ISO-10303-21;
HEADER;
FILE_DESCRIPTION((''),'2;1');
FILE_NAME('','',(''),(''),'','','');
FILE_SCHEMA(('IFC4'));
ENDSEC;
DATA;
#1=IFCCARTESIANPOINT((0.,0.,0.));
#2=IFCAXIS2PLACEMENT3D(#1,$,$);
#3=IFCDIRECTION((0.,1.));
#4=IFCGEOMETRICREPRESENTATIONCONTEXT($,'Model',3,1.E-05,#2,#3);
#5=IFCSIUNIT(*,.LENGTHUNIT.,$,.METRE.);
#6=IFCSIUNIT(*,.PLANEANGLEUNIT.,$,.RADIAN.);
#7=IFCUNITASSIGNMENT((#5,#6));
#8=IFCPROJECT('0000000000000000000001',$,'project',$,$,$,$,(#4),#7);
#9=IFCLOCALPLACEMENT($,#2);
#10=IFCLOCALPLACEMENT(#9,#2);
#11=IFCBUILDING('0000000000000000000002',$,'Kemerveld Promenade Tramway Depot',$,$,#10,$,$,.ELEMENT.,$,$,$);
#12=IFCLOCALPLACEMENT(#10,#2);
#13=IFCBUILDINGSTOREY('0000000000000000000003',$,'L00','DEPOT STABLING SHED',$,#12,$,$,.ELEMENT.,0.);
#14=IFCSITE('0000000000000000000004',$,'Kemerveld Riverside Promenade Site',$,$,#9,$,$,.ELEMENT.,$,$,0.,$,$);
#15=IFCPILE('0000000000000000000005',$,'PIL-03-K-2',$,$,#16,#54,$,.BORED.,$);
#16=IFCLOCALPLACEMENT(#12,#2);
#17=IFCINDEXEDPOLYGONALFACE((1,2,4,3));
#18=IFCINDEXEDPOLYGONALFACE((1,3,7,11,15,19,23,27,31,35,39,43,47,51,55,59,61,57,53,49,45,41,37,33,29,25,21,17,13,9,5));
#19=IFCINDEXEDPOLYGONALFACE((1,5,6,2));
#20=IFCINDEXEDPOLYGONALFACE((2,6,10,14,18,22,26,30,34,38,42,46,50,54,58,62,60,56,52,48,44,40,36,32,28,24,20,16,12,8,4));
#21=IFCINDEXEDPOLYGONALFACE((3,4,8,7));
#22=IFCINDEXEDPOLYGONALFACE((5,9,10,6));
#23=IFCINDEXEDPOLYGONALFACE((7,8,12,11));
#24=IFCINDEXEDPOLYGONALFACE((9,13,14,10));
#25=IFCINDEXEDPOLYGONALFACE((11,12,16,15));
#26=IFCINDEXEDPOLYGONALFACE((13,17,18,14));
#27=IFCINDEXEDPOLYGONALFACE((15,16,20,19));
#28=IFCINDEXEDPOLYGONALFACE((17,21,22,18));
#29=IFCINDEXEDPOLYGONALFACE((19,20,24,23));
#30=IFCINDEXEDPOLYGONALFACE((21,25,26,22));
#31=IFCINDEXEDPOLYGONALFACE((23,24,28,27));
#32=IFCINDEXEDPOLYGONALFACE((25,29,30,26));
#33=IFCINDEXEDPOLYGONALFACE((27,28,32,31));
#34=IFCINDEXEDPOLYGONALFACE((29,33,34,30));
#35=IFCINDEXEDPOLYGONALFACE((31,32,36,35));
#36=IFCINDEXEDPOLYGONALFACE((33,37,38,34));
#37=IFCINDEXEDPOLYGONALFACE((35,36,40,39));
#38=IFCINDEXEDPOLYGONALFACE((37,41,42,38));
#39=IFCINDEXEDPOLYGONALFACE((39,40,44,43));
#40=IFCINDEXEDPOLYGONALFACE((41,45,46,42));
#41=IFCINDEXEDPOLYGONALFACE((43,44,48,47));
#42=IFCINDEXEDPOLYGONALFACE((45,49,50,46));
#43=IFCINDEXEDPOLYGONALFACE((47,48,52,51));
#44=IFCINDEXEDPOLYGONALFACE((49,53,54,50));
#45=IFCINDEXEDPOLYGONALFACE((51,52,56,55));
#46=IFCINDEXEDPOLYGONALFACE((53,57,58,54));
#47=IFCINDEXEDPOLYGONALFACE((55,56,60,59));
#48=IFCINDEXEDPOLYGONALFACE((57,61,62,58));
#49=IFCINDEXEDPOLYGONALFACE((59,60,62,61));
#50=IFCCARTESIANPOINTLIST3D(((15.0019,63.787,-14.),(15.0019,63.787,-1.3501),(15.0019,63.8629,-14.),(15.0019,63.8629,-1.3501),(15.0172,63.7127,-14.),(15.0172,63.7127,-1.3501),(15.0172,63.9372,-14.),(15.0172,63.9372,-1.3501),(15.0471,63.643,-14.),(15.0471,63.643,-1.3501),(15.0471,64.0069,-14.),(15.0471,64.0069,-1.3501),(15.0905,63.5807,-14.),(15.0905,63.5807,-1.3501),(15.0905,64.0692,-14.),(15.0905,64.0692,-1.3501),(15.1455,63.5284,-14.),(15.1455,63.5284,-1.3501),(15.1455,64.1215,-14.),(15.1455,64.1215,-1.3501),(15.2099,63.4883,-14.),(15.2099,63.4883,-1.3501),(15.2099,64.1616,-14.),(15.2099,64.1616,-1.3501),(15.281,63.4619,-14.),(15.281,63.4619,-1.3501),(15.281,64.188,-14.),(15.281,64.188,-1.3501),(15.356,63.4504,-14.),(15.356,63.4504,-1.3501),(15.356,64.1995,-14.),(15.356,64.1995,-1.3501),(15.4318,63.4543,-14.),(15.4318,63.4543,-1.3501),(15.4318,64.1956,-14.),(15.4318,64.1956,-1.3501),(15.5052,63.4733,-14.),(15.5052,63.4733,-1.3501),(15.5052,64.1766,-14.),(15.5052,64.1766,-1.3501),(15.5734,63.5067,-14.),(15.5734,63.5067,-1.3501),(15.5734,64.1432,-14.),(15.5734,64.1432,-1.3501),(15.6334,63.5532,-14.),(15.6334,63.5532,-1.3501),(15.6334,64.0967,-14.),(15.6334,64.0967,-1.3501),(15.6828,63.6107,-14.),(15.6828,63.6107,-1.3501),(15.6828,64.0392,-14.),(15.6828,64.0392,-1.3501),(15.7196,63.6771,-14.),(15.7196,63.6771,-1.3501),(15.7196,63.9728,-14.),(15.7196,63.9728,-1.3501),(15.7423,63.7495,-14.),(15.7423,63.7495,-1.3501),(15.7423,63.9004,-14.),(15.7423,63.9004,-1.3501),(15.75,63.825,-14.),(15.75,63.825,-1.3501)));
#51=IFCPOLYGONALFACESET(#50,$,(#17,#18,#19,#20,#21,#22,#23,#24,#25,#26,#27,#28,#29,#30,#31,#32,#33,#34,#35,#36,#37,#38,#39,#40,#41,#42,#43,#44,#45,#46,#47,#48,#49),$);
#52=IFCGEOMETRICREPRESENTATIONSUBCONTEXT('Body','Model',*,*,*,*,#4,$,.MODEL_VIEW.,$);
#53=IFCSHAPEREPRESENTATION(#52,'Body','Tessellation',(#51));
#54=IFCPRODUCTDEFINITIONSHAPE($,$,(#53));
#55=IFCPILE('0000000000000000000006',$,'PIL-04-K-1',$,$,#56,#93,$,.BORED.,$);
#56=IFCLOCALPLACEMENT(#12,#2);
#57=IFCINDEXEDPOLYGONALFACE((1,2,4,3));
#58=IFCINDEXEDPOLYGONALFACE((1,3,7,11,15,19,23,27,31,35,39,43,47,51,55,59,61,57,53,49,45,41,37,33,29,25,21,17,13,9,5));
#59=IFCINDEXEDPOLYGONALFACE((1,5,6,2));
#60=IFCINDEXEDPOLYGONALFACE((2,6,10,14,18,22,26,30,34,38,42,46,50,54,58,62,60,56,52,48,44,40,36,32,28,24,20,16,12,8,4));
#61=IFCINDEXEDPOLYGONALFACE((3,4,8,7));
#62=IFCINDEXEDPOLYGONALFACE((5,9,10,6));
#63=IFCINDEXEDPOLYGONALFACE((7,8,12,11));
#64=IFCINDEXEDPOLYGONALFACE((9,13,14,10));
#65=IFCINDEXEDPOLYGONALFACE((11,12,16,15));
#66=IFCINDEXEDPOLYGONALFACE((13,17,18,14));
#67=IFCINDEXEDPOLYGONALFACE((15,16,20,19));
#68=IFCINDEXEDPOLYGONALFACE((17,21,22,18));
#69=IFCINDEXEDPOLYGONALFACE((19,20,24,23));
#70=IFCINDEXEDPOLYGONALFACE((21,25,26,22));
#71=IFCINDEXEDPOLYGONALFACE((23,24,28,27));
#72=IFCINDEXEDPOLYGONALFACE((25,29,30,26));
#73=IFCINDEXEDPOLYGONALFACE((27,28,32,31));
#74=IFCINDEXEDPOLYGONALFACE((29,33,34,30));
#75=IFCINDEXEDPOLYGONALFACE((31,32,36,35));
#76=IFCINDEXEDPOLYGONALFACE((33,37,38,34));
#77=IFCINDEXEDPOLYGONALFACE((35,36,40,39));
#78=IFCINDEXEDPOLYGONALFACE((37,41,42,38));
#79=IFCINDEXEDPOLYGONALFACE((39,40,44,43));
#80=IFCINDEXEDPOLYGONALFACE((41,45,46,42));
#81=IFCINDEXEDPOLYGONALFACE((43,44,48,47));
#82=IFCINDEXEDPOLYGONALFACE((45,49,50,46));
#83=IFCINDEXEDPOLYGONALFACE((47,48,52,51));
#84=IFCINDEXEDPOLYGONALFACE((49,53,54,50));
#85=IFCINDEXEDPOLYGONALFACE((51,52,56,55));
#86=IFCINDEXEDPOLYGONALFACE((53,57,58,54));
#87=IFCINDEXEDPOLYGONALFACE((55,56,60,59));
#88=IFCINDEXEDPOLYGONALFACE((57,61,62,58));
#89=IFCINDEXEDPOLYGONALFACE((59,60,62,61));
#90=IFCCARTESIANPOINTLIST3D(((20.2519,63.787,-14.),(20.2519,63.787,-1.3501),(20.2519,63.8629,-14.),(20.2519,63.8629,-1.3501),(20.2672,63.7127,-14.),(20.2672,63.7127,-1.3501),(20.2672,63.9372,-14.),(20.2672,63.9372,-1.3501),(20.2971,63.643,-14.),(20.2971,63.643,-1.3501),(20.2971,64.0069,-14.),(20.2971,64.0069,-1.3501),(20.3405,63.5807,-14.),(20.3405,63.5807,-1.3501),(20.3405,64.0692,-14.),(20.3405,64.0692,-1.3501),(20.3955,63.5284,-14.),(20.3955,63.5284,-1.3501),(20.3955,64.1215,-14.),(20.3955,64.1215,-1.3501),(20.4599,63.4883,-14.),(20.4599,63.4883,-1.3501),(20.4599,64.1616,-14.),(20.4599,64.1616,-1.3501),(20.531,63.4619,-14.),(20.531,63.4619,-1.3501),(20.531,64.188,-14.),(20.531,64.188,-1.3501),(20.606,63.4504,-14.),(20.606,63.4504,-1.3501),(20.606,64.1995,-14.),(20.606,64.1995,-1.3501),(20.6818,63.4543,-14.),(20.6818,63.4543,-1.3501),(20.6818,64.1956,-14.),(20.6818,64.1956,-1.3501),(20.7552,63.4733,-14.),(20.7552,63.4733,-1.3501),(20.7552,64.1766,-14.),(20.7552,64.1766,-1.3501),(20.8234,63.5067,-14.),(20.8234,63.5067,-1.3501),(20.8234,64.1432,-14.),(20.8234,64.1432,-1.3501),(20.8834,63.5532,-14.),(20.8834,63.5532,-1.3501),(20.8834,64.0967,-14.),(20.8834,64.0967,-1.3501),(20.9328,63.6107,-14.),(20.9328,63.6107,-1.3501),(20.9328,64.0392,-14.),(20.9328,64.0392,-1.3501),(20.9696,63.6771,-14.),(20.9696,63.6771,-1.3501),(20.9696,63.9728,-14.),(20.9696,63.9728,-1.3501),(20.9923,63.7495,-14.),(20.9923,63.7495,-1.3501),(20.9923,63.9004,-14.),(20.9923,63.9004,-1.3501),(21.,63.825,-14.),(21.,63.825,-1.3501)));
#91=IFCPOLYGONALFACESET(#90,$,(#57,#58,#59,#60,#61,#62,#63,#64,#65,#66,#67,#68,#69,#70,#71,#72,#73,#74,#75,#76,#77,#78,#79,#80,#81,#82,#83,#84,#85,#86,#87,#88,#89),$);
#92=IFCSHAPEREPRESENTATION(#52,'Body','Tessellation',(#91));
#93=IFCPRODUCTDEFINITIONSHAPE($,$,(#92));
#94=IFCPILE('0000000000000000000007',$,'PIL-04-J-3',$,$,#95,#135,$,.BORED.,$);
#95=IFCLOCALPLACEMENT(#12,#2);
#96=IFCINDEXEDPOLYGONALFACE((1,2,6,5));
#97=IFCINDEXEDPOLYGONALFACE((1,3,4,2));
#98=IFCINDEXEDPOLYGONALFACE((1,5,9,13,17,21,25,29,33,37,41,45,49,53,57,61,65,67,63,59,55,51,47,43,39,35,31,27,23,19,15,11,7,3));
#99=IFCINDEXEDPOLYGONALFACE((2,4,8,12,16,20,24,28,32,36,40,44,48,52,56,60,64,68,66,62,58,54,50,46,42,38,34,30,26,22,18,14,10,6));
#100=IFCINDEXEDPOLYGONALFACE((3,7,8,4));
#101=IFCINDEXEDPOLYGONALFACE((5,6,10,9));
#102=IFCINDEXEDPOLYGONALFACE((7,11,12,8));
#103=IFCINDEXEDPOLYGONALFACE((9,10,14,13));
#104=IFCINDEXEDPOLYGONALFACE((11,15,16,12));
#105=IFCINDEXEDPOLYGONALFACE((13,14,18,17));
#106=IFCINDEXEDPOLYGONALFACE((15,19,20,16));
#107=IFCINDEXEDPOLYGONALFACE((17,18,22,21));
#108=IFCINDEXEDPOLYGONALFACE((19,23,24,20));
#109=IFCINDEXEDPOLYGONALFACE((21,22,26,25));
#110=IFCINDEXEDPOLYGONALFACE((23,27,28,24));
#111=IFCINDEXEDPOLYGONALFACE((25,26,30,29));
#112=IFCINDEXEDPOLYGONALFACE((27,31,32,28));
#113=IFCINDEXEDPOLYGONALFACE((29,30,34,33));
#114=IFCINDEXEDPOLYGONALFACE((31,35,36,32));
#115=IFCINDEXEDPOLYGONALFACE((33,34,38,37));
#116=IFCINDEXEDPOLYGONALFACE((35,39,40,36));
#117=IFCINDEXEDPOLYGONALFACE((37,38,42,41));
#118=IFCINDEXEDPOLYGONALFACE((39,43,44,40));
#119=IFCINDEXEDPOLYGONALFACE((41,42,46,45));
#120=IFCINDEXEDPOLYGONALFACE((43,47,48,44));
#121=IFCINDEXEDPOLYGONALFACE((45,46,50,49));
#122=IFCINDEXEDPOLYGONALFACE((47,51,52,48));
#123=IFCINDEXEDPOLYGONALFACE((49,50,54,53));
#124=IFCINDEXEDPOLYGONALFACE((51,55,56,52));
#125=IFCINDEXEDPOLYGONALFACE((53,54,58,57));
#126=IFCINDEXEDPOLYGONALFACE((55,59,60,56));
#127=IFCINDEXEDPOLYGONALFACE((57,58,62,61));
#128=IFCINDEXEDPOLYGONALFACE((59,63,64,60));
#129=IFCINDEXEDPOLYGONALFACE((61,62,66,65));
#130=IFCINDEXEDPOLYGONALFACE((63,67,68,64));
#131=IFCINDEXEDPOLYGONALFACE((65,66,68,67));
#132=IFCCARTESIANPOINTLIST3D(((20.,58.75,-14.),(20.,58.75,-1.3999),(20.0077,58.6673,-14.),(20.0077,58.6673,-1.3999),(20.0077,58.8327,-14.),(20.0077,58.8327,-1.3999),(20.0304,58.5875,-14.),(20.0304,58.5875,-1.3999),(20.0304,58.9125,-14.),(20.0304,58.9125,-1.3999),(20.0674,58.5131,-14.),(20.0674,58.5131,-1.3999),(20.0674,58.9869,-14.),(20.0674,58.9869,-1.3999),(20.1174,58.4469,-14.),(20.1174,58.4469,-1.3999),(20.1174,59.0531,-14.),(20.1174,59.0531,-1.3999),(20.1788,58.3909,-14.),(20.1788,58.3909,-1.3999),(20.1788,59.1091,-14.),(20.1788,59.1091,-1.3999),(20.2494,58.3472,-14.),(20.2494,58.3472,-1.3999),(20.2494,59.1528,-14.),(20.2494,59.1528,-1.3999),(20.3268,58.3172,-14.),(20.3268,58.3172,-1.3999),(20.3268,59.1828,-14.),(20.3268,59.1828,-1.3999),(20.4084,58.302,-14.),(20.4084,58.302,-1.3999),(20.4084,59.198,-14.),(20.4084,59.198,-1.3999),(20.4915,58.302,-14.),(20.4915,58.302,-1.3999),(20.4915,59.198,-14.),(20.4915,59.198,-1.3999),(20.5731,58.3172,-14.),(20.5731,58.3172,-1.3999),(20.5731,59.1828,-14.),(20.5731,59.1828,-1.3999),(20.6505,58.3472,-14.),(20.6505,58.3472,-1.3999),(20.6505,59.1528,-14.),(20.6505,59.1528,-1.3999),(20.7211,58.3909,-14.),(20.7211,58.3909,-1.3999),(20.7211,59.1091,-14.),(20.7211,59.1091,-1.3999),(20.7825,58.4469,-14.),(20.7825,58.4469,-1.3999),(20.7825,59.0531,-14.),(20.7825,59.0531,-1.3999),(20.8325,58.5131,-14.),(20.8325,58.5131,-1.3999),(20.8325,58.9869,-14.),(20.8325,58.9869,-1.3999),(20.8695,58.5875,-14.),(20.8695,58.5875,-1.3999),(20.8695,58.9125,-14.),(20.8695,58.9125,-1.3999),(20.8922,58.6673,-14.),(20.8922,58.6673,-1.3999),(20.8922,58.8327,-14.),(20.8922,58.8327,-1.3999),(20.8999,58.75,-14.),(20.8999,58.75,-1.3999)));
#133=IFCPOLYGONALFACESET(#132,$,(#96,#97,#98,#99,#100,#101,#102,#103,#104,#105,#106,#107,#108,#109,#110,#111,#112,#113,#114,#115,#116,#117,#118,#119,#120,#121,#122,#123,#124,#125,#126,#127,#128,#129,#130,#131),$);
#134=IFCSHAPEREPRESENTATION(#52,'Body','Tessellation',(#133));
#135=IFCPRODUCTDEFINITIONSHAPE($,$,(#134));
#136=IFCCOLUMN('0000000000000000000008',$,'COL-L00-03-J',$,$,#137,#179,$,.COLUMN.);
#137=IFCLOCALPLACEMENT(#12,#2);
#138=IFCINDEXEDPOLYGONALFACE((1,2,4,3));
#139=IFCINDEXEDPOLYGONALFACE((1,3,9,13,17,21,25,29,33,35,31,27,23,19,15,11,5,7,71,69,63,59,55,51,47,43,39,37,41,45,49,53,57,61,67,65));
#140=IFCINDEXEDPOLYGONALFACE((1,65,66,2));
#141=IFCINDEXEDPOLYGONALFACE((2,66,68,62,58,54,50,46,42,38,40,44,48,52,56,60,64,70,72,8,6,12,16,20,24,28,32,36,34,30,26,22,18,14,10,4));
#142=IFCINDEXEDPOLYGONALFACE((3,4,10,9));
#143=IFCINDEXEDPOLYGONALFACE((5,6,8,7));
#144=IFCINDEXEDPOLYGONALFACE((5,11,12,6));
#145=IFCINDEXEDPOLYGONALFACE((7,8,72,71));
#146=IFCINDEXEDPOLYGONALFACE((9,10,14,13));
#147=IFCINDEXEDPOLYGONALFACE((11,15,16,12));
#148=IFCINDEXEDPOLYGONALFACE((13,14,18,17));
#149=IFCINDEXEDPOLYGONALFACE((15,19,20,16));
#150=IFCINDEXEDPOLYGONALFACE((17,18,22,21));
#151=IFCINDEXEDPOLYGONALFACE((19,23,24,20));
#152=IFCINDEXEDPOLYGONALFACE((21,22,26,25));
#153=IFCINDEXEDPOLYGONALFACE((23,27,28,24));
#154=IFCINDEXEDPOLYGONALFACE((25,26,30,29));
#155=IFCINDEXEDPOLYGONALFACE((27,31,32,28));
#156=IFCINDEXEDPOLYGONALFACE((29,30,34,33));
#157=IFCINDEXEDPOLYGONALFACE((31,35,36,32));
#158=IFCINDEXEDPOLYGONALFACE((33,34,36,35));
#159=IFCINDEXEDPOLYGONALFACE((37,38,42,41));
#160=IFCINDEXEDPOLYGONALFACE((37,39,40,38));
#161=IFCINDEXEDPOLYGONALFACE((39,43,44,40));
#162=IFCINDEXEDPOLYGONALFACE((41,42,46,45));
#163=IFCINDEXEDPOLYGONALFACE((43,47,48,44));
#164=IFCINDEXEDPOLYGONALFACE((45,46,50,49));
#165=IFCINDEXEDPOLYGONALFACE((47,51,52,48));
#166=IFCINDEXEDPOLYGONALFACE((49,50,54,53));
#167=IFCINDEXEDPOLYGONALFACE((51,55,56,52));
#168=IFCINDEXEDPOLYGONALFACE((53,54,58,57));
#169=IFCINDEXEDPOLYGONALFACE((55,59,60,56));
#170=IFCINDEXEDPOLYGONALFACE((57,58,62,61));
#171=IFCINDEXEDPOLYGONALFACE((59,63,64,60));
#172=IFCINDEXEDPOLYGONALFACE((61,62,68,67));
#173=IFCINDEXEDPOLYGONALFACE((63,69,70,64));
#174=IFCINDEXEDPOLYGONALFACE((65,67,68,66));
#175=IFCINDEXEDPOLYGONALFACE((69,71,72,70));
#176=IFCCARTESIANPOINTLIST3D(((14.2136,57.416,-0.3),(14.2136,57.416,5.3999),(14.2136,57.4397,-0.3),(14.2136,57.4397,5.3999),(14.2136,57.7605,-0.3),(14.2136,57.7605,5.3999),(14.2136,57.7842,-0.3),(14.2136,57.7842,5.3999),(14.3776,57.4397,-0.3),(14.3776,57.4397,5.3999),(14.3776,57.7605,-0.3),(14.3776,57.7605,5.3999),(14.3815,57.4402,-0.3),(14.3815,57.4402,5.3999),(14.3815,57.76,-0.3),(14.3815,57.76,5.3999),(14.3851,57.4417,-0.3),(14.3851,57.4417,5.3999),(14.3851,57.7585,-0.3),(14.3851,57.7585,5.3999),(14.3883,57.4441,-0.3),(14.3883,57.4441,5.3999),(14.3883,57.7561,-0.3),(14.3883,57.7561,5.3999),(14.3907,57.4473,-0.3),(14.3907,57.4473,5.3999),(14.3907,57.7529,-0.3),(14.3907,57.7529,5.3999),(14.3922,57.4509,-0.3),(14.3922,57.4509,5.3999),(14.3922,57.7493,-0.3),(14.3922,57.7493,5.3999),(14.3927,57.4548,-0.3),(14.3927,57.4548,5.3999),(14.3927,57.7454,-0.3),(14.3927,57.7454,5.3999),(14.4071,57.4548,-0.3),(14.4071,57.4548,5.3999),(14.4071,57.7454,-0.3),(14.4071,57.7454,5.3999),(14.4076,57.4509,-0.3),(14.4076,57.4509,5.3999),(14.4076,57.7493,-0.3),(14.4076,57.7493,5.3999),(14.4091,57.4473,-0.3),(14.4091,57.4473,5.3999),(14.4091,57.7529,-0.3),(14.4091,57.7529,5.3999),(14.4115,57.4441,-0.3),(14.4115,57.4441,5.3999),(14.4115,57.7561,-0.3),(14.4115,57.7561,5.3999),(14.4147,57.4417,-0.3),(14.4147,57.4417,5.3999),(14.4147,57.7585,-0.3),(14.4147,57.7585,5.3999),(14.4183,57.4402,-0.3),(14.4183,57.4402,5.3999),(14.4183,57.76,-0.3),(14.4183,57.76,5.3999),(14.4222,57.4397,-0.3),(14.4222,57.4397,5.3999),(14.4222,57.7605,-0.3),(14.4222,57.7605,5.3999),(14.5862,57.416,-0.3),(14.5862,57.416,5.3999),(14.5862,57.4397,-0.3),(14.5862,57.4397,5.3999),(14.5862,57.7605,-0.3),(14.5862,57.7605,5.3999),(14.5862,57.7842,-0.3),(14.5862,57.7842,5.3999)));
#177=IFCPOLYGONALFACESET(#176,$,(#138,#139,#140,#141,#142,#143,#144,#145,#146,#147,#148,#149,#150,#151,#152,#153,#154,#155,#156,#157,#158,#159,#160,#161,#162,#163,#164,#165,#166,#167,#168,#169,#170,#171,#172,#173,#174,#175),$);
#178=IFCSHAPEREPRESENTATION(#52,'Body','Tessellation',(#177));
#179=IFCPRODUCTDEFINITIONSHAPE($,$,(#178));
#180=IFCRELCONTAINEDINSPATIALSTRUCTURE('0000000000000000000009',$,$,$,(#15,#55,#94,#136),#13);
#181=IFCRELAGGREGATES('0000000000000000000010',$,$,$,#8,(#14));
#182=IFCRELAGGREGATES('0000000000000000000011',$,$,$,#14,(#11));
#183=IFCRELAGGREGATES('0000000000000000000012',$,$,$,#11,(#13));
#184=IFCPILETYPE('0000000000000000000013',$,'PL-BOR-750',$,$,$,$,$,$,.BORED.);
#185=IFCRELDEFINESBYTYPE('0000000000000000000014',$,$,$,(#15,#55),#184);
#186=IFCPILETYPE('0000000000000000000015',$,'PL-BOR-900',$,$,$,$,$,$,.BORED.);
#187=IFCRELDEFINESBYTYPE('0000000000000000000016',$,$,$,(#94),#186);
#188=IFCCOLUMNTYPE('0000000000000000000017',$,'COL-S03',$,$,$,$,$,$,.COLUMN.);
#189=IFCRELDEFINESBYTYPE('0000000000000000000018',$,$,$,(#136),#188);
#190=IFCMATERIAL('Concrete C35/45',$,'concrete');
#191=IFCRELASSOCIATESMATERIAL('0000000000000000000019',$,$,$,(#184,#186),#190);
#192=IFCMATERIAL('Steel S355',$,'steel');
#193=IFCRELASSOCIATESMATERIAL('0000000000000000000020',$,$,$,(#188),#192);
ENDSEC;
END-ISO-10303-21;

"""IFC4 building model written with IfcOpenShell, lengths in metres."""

from ifc_helpers import new_model, si_unit, direction, frame, origin, origin_2d, place, context, subcontext, project, spatial, circle, i_section, extrude, material, material_profile, profile_set, type_object, element, save


model = new_model("IFC4")

# Units and contexts
model_context = context("Model", 3, precision=1e-05, world=origin(), true_north=direction((0.0, 1.0)))
body_context = subcontext(model_context, "Body", "Model", "MODEL_VIEW")
ifc_project = project(units=[si_unit("LENGTHUNIT", "METRE"), si_unit("PLANEANGLEUNIT", "RADIAN")], contexts=[model_context])

# Site, building, storey
site_placement = place(None, origin())
site = spatial("IfcSite", under=ifc_project, at=site_placement, Name="Kemerveld Riverside Promenade Site", CompositionType="ELEMENT", RefElevation=0.0)
building_placement = place(site_placement, origin())
building = spatial("IfcBuilding", under=site, at=building_placement, Name="Kemerveld Promenade Tramway Depot", CompositionType="ELEMENT")
storey_placement = place(building_placement, origin())
storey = spatial("IfcBuildingStorey", under=building, at=storey_placement, Name="L00", Description="DEPOT STABLING SHED", CompositionType="ELEMENT", Elevation=0.0)

# Shared definitions
ifc_material_1 = material(Name="Concrete C35/45", Category="concrete")

# Piles
ifc_material_profile_1 = material_profile(ifc_material_1, circle(Radius=0.375, at=origin_2d()), Name="PILE-D750")
ifc_profile_set_1 = profile_set([ifc_material_profile_1], Name="Concrete C35/45")
pile_type_1 = type_object("IfcPileType", Name="PL-BOR-750", PredefinedType="BORED", material=ifc_profile_set_1)
for number, where, z_axis, x_axis, name in (
    (1, (15.375, 63.825, -1.3501), (0.0, 0.0, -1.0), (1.0, 0.0, 0.0), "PIL-03-K-2"),
    (2, (20.625, 63.825, -1.3501), (0.0, 0.0, -1.0), (1.0, 0.0, 0.0), "PIL-04-K-1"),
):
    element("IfcPile", number, at=place(storey_placement, frame(where, z_axis=z_axis, x_axis=x_axis)), inside=storey, type_object=pile_type_1, Name=name, PredefinedType="BORED", context=body_context, shape_type="SweptSolid", body=[
        extrude(circle(Radius=0.375, at=origin_2d()), origin(), (0.0, 0.0, 1.0), 12.6499),
    ])
ifc_material_profile_2 = material_profile(ifc_material_1, circle(Radius=0.45, at=origin_2d()), Name="PILE-D900")
ifc_profile_set_2 = profile_set([ifc_material_profile_2], Name="Concrete C35/45")
pile_type_2 = type_object("IfcPileType", Name="PL-BOR-900", PredefinedType="BORED", material=ifc_profile_set_2)
pile_placement = place(storey_placement, frame((20.45, 58.75, -1.3999), z_axis=(0.0, 0.0, -1.0), x_axis=(1.0, 0.0, 0.0)))
element("IfcPile", 3, at=pile_placement, inside=storey, type_object=pile_type_2, Name="PIL-04-J-3", PredefinedType="BORED", context=body_context, shape_type="SweptSolid", body=[
    extrude(circle(Radius=0.45, at=origin_2d()), origin(), (0.0, 0.0, 1.0), 12.6001),
])

# Column
ifc_material_2 = material(Name="Steel S355", Category="steel")
ifc_material_profile_3 = material_profile(ifc_material_2, i_section(OverallWidth=0.3726, OverallDepth=0.3682, WebThickness=0.0144, FlangeThickness=0.0237, FilletRadius=0.0151, at=origin_2d()), Name="356x368x177 UC")
ifc_profile_set_3 = profile_set([ifc_material_profile_3], Name="Steel S355")
column_type = type_object("IfcColumnType", Name="COL-S03", PredefinedType="COLUMN", material=ifc_profile_set_3)
for number, where, z_axis, x_axis, name in (
    (4, (14.3999, 57.6001, -0.3), (0.0, 0.0, 1.0), (1.0, 0.0, 0.0), "COL-L00-03-J"),
):
    element("IfcColumn", number, at=place(storey_placement, frame(where, z_axis=z_axis, x_axis=x_axis)), inside=storey, type_object=column_type, Name=name, PredefinedType="COLUMN", context=body_context, shape_type="SweptSolid", body=[
        extrude(i_section(OverallWidth=0.3726, OverallDepth=0.3682, WebThickness=0.0144, FlangeThickness=0.0237, FilletRadius=0.0151, at=origin_2d()), origin(), (0.0, 0.0, 1.0), 5.7),
    ])

save(model, "model.ifc")
